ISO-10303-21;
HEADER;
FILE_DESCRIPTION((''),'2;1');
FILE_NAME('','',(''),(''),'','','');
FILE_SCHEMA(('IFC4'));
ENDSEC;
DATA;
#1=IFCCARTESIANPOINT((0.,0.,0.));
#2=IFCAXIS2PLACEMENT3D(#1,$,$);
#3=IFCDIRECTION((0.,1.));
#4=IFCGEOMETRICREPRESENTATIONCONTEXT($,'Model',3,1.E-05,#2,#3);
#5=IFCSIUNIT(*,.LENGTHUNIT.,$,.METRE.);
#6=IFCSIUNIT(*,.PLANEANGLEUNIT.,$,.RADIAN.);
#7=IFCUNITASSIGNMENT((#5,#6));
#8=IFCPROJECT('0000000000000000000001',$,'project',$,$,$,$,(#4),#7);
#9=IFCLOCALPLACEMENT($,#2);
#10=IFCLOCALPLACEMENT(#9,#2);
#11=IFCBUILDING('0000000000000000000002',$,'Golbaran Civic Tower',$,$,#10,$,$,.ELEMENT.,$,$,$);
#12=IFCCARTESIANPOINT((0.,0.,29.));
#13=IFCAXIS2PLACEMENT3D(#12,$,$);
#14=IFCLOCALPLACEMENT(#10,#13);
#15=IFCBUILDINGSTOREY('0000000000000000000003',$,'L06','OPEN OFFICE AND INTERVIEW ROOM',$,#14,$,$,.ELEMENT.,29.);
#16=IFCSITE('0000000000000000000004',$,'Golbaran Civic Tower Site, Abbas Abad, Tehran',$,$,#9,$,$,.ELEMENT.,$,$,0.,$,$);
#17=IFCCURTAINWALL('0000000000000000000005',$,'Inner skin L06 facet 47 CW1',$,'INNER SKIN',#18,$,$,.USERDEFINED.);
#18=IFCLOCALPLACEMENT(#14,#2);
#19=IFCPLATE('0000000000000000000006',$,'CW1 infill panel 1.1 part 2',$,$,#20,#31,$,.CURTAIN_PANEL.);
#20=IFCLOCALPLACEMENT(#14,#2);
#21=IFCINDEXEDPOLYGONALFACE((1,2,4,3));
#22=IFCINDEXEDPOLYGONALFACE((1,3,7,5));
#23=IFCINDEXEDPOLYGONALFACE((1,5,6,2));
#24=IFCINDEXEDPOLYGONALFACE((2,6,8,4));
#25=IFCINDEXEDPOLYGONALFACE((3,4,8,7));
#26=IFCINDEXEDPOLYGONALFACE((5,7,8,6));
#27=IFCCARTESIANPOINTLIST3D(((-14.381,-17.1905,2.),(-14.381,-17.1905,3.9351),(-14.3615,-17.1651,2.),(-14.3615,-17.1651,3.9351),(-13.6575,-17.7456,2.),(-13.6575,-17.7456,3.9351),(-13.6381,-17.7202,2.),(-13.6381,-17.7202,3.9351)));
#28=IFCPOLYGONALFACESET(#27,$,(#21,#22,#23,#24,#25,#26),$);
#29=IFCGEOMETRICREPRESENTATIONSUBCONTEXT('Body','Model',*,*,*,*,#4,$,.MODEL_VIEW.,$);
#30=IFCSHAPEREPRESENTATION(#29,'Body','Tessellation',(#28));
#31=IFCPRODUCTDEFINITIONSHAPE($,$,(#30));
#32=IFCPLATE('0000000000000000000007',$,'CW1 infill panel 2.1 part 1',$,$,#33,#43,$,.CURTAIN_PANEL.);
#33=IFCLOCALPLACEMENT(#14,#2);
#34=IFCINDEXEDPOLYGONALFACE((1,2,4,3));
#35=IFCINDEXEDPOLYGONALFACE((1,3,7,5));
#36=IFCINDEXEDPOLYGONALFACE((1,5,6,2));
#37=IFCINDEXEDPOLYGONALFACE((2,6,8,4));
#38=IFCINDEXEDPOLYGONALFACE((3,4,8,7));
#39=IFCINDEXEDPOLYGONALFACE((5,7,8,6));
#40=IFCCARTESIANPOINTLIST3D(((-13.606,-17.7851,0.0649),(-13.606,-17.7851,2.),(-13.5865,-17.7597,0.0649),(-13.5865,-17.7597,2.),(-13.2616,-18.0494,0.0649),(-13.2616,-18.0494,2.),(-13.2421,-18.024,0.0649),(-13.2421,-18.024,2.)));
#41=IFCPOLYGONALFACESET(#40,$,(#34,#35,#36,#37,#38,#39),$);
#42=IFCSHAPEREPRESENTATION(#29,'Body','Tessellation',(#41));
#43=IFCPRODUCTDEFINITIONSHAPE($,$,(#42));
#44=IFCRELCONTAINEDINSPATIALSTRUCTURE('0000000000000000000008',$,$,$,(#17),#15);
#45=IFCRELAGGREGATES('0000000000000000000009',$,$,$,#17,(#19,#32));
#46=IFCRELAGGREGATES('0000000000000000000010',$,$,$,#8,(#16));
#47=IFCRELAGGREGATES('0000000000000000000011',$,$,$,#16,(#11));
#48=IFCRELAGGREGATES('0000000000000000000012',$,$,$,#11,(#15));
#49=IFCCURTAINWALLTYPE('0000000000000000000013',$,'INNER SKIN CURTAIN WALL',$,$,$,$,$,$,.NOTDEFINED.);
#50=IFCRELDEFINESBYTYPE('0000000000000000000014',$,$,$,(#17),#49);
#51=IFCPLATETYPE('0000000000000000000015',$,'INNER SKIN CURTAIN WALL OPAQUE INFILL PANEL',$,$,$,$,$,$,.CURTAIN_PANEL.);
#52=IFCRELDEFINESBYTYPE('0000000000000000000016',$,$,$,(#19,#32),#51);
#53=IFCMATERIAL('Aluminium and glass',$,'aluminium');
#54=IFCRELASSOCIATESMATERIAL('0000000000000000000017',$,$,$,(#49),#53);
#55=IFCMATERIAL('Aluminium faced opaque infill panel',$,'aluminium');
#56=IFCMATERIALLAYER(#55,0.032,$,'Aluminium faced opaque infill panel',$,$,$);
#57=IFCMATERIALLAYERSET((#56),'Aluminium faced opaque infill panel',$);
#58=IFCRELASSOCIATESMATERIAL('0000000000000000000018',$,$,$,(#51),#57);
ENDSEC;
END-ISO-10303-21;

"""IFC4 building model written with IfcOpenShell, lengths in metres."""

from ifc_helpers import new_model, si_unit, direction, frame, origin, origin_2d, place, context, subcontext, project, spatial, rectangle, extrude, material, layer, layer_set, type_object, element, aggregate, save


model = new_model("IFC4")

# Units and contexts
model_context = context("Model", 3, precision=1e-05, world=origin(), true_north=direction((0.0, 1.0)))
body_context = subcontext(model_context, "Body", "Model", "MODEL_VIEW")
ifc_project = project(units=[si_unit("LENGTHUNIT", "METRE"), si_unit("PLANEANGLEUNIT", "RADIAN")], contexts=[model_context])

# Site, building, storey
site_placement = place(None, origin())
site = spatial("IfcSite", under=ifc_project, at=site_placement, Name="Golbaran Civic Tower Site, Abbas Abad, Tehran", CompositionType="ELEMENT", RefElevation=0.0)
building_placement = place(site_placement, origin())
building = spatial("IfcBuilding", under=site, at=building_placement, Name="Golbaran Civic Tower", CompositionType="ELEMENT")
storey_placement = place(building_placement, frame((0.0, 0.0, 29.0)))
storey = spatial("IfcBuildingStorey", under=building, at=storey_placement, Name="L06", Description="OPEN OFFICE AND INTERVIEW ROOM", CompositionType="ELEMENT", Elevation=29.0)

# Curtain wall
ifc_material_1 = material(Name="Aluminium and glass", Category="aluminium")
curtain_wall_type = type_object("IfcCurtainWallType", Name="INNER SKIN CURTAIN WALL", PredefinedType="NOTDEFINED", material=ifc_material_1)
curtain_wall_1_placement = place(storey_placement, origin())
curtain_wall_1 = element("IfcCurtainWall", 1, at=curtain_wall_1_placement, inside=storey, type_object=curtain_wall_type, Name="Inner skin L06 facet 47 CW1", ObjectType="INNER SKIN", PredefinedType="USERDEFINED")

# Plates
ifc_material_2 = material(Name="Aluminium faced opaque infill panel", Category="aluminium")
ifc_layer_1 = layer(ifc_material_2, 0.032, Name="Aluminium faced opaque infill panel")
ifc_layer_set_1 = layer_set([ifc_layer_1], Name="Aluminium faced opaque infill panel")
plate_type_1 = type_object("IfcPlateType", Name="INNER SKIN CURTAIN WALL OPAQUE INFILL PANEL", PredefinedType="CURTAIN_PANEL", material=ifc_layer_set_1)
plate_1_placement = place(storey_placement, frame((-14.0095, -17.4553, 2.0), z_axis=(0.0, 0.0, 1.0), x_axis=(0.793353, -0.608761, 0.0)))
plate_1 = element("IfcPlate", 2, at=plate_1_placement, type_object=plate_type_1, Name="CW1 infill panel 1.1 part 2", PredefinedType="CURTAIN_PANEL", context=body_context, shape_type="SweptSolid", body=[
    extrude(rectangle(XDim=0.9119, YDim=0.032, at=origin_2d()), origin(), (0.0, 0.0, 1.0), 1.9351),
])
plate_2_placement = place(storey_placement, frame((-13.4241, -17.9045, 0.0649), z_axis=(0.0, 0.0, 1.0), x_axis=(0.793353, -0.608761, 0.0)))
plate_2 = element("IfcPlate", 3, at=plate_2_placement, type_object=plate_type_1, Name="CW1 infill panel 2.1 part 1", PredefinedType="CURTAIN_PANEL", context=body_context, shape_type="SweptSolid", body=[
    extrude(rectangle(XDim=0.4341, YDim=0.032, at=origin_2d()), origin(), (0.0, 0.0, 1.0), 1.9351),
])
aggregate(curtain_wall_1, [plate_1, plate_2])

save(model, "model.ifc")
